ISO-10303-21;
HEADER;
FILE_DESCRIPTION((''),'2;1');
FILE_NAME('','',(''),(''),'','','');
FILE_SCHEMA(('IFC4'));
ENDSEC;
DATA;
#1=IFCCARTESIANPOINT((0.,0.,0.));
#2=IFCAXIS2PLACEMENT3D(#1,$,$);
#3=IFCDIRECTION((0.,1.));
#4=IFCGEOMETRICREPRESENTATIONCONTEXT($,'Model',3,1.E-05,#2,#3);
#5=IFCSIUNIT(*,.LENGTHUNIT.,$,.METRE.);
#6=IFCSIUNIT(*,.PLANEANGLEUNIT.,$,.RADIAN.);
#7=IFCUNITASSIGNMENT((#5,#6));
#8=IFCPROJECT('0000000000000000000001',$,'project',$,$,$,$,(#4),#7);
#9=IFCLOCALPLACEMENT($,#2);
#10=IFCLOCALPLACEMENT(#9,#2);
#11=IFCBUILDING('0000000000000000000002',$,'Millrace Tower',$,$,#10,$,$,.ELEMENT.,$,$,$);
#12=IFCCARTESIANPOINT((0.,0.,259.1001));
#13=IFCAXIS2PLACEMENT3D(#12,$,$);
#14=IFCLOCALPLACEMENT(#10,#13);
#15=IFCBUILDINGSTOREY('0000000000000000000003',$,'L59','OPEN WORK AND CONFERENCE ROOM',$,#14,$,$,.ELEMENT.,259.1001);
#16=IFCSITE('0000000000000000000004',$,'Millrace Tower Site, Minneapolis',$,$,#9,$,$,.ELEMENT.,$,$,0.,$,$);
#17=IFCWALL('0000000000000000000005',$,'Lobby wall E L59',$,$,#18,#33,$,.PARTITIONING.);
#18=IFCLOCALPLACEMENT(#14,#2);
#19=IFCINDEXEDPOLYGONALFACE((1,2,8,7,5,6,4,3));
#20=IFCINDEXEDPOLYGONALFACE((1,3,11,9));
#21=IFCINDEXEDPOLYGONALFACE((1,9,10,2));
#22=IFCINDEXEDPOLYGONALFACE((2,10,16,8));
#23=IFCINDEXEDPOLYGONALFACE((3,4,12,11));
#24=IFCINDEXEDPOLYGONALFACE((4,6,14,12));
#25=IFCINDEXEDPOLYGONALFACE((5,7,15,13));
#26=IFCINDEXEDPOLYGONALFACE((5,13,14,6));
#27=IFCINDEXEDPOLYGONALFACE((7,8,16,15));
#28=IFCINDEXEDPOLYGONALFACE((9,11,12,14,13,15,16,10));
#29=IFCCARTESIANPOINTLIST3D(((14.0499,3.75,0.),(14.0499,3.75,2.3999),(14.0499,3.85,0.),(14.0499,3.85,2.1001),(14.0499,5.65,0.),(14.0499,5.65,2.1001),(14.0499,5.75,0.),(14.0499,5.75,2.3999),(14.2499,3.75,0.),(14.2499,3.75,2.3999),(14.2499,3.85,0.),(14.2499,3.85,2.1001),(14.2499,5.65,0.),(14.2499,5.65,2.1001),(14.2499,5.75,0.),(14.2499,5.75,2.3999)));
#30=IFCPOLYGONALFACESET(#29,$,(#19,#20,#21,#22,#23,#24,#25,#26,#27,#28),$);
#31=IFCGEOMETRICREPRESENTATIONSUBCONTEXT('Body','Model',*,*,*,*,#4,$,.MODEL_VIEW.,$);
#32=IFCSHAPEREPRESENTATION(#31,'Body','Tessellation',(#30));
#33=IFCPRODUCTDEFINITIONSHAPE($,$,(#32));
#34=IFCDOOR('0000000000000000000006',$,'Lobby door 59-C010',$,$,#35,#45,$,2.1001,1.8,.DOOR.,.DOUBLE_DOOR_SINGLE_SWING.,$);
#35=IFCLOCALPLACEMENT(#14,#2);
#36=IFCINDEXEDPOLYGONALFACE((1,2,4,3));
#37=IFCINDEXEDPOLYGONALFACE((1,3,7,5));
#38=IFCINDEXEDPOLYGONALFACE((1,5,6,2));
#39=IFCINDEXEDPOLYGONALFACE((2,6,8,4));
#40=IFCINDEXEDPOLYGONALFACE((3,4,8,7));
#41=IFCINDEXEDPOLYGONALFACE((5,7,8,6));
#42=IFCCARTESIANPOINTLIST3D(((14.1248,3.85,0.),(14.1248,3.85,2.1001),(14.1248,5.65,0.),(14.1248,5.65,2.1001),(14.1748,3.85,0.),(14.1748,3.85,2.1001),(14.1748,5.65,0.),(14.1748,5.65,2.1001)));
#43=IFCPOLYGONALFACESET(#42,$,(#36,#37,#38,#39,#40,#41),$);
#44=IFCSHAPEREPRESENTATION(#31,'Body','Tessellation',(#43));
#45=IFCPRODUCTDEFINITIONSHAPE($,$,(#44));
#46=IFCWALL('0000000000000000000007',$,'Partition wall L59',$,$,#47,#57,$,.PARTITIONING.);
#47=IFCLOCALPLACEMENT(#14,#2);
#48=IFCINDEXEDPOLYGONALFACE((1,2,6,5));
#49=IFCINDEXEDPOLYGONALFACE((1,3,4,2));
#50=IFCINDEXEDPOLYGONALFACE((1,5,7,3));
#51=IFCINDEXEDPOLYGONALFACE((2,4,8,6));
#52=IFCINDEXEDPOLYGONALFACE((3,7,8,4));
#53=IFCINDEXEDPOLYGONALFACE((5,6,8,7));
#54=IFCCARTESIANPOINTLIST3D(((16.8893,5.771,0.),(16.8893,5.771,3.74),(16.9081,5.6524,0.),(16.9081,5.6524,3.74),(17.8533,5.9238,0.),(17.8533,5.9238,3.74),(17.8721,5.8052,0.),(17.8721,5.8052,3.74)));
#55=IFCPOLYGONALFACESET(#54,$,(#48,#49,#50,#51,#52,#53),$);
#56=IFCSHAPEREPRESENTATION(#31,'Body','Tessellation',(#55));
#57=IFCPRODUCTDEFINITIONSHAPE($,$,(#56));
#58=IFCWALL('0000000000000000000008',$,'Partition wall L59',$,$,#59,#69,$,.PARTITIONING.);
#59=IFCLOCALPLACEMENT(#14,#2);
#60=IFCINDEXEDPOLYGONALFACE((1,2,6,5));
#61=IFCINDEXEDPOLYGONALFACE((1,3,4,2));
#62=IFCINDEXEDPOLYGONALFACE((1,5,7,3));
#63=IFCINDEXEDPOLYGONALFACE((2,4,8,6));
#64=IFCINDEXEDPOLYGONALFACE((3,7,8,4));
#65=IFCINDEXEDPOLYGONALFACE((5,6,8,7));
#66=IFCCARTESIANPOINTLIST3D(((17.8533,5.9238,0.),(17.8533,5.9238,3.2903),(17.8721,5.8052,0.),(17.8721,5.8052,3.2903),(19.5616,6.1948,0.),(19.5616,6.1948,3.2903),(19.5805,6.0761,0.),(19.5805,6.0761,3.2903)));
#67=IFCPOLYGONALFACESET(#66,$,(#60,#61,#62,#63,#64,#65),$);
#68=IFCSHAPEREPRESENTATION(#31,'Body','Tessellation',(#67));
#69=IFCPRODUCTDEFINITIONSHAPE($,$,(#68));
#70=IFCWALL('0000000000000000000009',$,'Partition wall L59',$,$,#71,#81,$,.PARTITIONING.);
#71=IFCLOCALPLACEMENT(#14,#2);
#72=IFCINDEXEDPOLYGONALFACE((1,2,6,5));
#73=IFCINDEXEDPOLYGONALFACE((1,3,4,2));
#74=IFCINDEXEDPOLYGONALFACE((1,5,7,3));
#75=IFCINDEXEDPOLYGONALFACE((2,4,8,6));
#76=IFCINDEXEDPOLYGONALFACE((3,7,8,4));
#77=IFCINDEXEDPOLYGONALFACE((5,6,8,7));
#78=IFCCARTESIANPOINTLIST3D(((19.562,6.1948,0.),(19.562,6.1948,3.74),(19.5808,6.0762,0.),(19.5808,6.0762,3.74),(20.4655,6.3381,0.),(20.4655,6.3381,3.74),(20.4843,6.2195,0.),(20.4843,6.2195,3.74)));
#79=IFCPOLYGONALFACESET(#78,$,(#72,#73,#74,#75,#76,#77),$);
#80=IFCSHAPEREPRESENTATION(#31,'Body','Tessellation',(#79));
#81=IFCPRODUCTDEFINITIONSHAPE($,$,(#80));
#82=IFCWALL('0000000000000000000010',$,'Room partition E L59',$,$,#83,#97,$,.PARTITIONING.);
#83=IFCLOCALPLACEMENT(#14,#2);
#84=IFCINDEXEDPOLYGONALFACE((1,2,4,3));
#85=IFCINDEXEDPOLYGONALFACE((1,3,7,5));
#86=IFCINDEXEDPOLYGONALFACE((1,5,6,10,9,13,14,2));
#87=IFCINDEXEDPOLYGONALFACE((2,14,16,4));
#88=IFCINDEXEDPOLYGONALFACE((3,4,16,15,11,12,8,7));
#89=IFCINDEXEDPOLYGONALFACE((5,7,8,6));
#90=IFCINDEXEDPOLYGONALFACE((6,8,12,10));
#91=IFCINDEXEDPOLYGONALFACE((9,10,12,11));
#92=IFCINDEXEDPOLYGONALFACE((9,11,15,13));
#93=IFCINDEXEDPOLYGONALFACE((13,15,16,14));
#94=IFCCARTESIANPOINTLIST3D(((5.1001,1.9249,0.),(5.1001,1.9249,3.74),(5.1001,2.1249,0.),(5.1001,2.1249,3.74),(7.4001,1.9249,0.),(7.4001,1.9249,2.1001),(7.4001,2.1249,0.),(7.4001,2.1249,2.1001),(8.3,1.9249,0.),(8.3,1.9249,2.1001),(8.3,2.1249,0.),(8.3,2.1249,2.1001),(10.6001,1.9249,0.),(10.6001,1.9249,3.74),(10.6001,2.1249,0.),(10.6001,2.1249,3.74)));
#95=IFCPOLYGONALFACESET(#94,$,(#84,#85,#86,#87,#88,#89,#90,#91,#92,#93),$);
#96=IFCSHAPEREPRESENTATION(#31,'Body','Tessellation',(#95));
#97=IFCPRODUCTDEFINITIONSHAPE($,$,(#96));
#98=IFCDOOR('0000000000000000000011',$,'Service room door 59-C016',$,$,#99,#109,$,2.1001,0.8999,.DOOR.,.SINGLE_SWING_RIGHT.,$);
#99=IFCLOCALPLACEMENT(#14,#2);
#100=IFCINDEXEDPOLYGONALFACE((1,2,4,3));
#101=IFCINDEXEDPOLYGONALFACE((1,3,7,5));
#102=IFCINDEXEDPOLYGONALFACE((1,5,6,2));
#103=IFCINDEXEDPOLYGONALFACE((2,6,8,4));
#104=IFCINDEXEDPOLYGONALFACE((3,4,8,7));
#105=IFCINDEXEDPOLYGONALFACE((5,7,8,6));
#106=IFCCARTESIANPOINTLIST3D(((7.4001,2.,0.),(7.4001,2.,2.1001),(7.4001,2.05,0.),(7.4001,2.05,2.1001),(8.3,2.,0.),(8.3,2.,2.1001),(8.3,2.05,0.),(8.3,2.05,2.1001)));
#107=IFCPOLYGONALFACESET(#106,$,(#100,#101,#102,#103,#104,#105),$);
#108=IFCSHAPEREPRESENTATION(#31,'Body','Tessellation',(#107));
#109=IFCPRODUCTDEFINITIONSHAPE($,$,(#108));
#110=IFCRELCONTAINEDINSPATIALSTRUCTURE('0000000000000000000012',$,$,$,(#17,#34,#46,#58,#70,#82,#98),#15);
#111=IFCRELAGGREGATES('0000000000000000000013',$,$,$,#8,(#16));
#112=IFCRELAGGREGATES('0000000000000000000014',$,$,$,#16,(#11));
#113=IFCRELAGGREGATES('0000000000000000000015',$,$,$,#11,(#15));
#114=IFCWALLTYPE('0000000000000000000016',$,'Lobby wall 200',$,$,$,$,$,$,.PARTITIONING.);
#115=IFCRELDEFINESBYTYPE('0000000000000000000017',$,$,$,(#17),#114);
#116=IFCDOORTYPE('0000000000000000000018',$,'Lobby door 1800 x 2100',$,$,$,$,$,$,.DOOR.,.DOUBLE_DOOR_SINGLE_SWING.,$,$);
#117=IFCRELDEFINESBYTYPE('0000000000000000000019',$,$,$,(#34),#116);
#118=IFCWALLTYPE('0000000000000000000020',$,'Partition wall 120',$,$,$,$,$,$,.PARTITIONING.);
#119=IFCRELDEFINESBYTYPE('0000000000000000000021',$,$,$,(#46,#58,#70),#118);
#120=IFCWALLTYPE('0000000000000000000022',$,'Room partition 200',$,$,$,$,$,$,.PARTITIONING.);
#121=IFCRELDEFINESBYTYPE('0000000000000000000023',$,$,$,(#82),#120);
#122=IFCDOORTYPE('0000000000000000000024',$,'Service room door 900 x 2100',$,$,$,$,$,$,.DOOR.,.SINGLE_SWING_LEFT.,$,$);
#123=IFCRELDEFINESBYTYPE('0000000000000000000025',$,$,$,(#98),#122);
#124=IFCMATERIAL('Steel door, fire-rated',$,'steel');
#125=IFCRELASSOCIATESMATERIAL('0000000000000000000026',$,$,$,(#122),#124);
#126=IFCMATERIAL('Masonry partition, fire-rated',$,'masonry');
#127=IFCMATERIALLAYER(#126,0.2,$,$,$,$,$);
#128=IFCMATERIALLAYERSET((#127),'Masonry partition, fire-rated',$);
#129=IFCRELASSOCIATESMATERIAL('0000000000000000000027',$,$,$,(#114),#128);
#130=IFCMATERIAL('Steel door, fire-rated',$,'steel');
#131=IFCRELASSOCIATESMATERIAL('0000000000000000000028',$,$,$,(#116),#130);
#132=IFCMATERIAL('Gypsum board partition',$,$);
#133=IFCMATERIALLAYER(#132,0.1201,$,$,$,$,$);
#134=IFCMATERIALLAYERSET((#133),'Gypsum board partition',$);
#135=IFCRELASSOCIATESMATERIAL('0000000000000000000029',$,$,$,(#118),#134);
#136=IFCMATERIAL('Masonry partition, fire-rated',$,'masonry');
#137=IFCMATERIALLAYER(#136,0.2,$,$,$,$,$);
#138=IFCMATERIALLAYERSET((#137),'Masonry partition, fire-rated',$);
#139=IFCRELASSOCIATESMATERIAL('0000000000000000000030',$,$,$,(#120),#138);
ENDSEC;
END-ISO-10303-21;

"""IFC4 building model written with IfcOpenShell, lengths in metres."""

from ifc_helpers import new_model, si_unit, direction, frame, frame_2d, origin, place, context, subcontext, project, spatial, rectangle, extrude, material, layer, layer_set, type_object, element, fill, save


model = new_model("IFC4")

# Units and contexts
model_context = context("Model", 3, precision=1e-05, world=origin(), true_north=direction((0.0, 1.0)))
body_context = subcontext(model_context, "Body", "Model", "MODEL_VIEW")
ifc_project = project(units=[si_unit("LENGTHUNIT", "METRE"), si_unit("PLANEANGLEUNIT", "RADIAN")], contexts=[model_context])

# Site, building, storey
site_placement = place(None, origin())
site = spatial("IfcSite", under=ifc_project, at=site_placement, Name="Millrace Tower Site, Minneapolis", CompositionType="ELEMENT", RefElevation=0.0)
building_placement = place(site_placement, origin())
building = spatial("IfcBuilding", under=site, at=building_placement, Name="Millrace Tower", CompositionType="ELEMENT")
storey_placement = place(building_placement, frame((0.0, 0.0, 259.1001)))
storey = spatial("IfcBuildingStorey", under=building, at=storey_placement, Name="L59", Description="OPEN WORK AND CONFERENCE ROOM", CompositionType="ELEMENT", Elevation=259.1001)

# Shared definitions
ifc_material_1 = material(Name="Steel door, fire-rated", Category="steel")
door_type_1 = type_object("IfcDoorType", Name="Service room door 900 x 2100", OperationType="SINGLE_SWING_LEFT", PredefinedType="DOOR", material=ifc_material_1)

# Wall, opening, door
ifc_material_2 = material(Name="Masonry partition, fire-rated", Category="masonry")
ifc_layer_1 = layer(ifc_material_2, 0.2)
ifc_layer_set_1 = layer_set([ifc_layer_1], Name="Masonry partition, fire-rated")
wall_type_1 = type_object("IfcWallType", Name="Lobby wall 200", PredefinedType="PARTITIONING", material=ifc_layer_set_1)
wall_1_placement = place(storey_placement, frame((14.1499, 5.75, 0.0), z_axis=(0.0, 0.0, 1.0), x_axis=(0.0, -1.0, 0.0)))
wall_1 = element("IfcWall", 1, at=wall_1_placement, inside=storey, type_object=wall_type_1, Name="Lobby wall E L59", PredefinedType="PARTITIONING", context=body_context, shape_type="SweptSolid", body=[
    extrude(rectangle(XDim=2.0, YDim=0.2, at=frame_2d((1.0, 0.0))), origin(), (0.0, 0.0, 1.0), 2.3999),
])
opening_1_placement = place(wall_1_placement, frame((0.1001, 0.0, 0.0)))
opening_1 = element("IfcOpeningElement", 2, at=opening_1_placement, cuts=wall_1, PredefinedType="OPENING", context=body_context, shape_type="SweptSolid", body=[
    extrude(rectangle(XDim=1.8, YDim=2.1001, at=frame_2d((0.8999, 1.05))), frame((0.0, 0.1099, 0.0), z_axis=(0.0, -1.0, 0.0), x_axis=(1.0, 0.0, 0.0)), (0.0, 0.0, 1.0), 0.22),
])
ifc_material_3 = material(Name="Steel door, fire-rated", Category="steel")
door_type_2 = type_object("IfcDoorType", Name="Lobby door 1800 x 2100", OperationType="DOUBLE_DOOR_SINGLE_SWING", PredefinedType="DOOR", material=ifc_material_3)
door_1_placement = place(opening_1_placement, origin())
door_1 = element("IfcDoor", 3, at=door_1_placement, inside=storey, type_object=door_type_2, Name="Lobby door 59-C010", OperationType="DOUBLE_DOOR_SINGLE_SWING", OverallHeight=2.1001, OverallWidth=1.8, PredefinedType="DOOR", context=body_context, shape_type="SweptSolid", body=[
    extrude(rectangle(XDim=1.8, YDim=2.1001, at=frame_2d((0.8999, 1.05))), frame((0.0, 0.0249, 0.0), z_axis=(0.0, -1.0, 0.0), x_axis=(1.0, 0.0, 0.0)), (0.0, 0.0, 1.0), 0.05),
])
fill(opening_1, door_1)

# Walls
ifc_material_4 = material(Name="Gypsum board partition")
ifc_layer_2 = layer(ifc_material_4, 0.1201)
ifc_layer_set_2 = layer_set([ifc_layer_2], Name="Gypsum board partition")
wall_type_2 = type_object("IfcWallType", Name="Partition wall 120", PredefinedType="PARTITIONING", material=ifc_layer_set_2)
wall_2_placement = place(storey_placement, frame((16.8987, 5.7117, 0.0), z_axis=(0.0, 0.0, 1.0), x_axis=(0.987667, 0.156566, 0.0)))
element("IfcWall", 4, at=wall_2_placement, inside=storey, type_object=wall_type_2, Name="Partition wall L59", PredefinedType="PARTITIONING", context=body_context, shape_type="SweptSolid", body=[
    extrude(rectangle(XDim=0.9761, YDim=0.1201, at=frame_2d((0.488, 0.0))), origin(), (0.0, 0.0, 1.0), 3.74),
])
wall_3_placement = place(storey_placement, frame((17.8628, 5.8645, 0.0), z_axis=(0.0, 0.0, 1.0), x_axis=(0.987653, 0.156658, 0.0)))
element("IfcWall", 5, at=wall_3_placement, inside=storey, type_object=wall_type_2, Name="Partition wall L59", PredefinedType="PARTITIONING", context=body_context, shape_type="SweptSolid", body=[
    extrude(rectangle(XDim=1.7297, YDim=0.1201, at=frame_2d((0.8647, 0.0))), origin(), (0.0, 0.0, 1.0), 3.2903),
])
wall_4_placement = place(storey_placement, frame((19.5713, 6.1355, 0.0), z_axis=(0.0, 0.0, 1.0), x_axis=(0.987655, 0.156648, 0.0)))
element("IfcWall", 6, at=wall_4_placement, inside=storey, type_object=wall_type_2, Name="Partition wall L59", PredefinedType="PARTITIONING", context=body_context, shape_type="SweptSolid", body=[
    extrude(rectangle(XDim=0.9148, YDim=0.1201, at=frame_2d((0.4575, 0.0))), origin(), (0.0, 0.0, 1.0), 3.74),
])

# Wall, opening, door
ifc_material_5 = material(Name="Masonry partition, fire-rated", Category="masonry")
ifc_layer_3 = layer(ifc_material_5, 0.2)
ifc_layer_set_3 = layer_set([ifc_layer_3], Name="Masonry partition, fire-rated")
wall_type_3 = type_object("IfcWallType", Name="Room partition 200", PredefinedType="PARTITIONING", material=ifc_layer_set_3)
wall_5_placement = place(storey_placement, frame((10.6001, 2.0249, 0.0), z_axis=(0.0, 0.0, 1.0), x_axis=(-1.0, 0.0, 0.0)))
wall_5 = element("IfcWall", 7, at=wall_5_placement, inside=storey, type_object=wall_type_3, Name="Room partition E L59", PredefinedType="PARTITIONING", context=body_context, shape_type="SweptSolid", body=[
    extrude(rectangle(XDim=5.5, YDim=0.2, at=frame_2d((2.75, 0.0))), origin(), (0.0, 0.0, 1.0), 3.74),
])
opening_2_placement = place(wall_5_placement, frame((2.3, 0.0, 0.0)))
opening_2 = element("IfcOpeningElement", 8, at=opening_2_placement, cuts=wall_5, PredefinedType="OPENING", context=body_context, shape_type="SweptSolid", body=[
    extrude(rectangle(XDim=0.8999, YDim=2.1001, at=frame_2d((0.45, 1.05))), frame((0.0, 0.1099, 0.0), z_axis=(0.0, -1.0, 0.0), x_axis=(1.0, 0.0, 0.0)), (0.0, 0.0, 1.0), 0.22),
])
door_2_placement = place(opening_2_placement, origin())
door_2 = element("IfcDoor", 9, at=door_2_placement, inside=storey, type_object=door_type_1, Name="Service room door 59-C016", OperationType="SINGLE_SWING_RIGHT", OverallHeight=2.1001, OverallWidth=0.8999, PredefinedType="DOOR", context=body_context, shape_type="SweptSolid", body=[
    extrude(rectangle(XDim=0.8999, YDim=2.1001, at=frame_2d((0.45, 1.05))), frame((0.0, 0.0249, 0.0), z_axis=(0.0, -1.0, 0.0), x_axis=(1.0, 0.0, 0.0)), (0.0, 0.0, 1.0), 0.05),
])
fill(opening_2, door_2)

save(model, "model.ifc")
